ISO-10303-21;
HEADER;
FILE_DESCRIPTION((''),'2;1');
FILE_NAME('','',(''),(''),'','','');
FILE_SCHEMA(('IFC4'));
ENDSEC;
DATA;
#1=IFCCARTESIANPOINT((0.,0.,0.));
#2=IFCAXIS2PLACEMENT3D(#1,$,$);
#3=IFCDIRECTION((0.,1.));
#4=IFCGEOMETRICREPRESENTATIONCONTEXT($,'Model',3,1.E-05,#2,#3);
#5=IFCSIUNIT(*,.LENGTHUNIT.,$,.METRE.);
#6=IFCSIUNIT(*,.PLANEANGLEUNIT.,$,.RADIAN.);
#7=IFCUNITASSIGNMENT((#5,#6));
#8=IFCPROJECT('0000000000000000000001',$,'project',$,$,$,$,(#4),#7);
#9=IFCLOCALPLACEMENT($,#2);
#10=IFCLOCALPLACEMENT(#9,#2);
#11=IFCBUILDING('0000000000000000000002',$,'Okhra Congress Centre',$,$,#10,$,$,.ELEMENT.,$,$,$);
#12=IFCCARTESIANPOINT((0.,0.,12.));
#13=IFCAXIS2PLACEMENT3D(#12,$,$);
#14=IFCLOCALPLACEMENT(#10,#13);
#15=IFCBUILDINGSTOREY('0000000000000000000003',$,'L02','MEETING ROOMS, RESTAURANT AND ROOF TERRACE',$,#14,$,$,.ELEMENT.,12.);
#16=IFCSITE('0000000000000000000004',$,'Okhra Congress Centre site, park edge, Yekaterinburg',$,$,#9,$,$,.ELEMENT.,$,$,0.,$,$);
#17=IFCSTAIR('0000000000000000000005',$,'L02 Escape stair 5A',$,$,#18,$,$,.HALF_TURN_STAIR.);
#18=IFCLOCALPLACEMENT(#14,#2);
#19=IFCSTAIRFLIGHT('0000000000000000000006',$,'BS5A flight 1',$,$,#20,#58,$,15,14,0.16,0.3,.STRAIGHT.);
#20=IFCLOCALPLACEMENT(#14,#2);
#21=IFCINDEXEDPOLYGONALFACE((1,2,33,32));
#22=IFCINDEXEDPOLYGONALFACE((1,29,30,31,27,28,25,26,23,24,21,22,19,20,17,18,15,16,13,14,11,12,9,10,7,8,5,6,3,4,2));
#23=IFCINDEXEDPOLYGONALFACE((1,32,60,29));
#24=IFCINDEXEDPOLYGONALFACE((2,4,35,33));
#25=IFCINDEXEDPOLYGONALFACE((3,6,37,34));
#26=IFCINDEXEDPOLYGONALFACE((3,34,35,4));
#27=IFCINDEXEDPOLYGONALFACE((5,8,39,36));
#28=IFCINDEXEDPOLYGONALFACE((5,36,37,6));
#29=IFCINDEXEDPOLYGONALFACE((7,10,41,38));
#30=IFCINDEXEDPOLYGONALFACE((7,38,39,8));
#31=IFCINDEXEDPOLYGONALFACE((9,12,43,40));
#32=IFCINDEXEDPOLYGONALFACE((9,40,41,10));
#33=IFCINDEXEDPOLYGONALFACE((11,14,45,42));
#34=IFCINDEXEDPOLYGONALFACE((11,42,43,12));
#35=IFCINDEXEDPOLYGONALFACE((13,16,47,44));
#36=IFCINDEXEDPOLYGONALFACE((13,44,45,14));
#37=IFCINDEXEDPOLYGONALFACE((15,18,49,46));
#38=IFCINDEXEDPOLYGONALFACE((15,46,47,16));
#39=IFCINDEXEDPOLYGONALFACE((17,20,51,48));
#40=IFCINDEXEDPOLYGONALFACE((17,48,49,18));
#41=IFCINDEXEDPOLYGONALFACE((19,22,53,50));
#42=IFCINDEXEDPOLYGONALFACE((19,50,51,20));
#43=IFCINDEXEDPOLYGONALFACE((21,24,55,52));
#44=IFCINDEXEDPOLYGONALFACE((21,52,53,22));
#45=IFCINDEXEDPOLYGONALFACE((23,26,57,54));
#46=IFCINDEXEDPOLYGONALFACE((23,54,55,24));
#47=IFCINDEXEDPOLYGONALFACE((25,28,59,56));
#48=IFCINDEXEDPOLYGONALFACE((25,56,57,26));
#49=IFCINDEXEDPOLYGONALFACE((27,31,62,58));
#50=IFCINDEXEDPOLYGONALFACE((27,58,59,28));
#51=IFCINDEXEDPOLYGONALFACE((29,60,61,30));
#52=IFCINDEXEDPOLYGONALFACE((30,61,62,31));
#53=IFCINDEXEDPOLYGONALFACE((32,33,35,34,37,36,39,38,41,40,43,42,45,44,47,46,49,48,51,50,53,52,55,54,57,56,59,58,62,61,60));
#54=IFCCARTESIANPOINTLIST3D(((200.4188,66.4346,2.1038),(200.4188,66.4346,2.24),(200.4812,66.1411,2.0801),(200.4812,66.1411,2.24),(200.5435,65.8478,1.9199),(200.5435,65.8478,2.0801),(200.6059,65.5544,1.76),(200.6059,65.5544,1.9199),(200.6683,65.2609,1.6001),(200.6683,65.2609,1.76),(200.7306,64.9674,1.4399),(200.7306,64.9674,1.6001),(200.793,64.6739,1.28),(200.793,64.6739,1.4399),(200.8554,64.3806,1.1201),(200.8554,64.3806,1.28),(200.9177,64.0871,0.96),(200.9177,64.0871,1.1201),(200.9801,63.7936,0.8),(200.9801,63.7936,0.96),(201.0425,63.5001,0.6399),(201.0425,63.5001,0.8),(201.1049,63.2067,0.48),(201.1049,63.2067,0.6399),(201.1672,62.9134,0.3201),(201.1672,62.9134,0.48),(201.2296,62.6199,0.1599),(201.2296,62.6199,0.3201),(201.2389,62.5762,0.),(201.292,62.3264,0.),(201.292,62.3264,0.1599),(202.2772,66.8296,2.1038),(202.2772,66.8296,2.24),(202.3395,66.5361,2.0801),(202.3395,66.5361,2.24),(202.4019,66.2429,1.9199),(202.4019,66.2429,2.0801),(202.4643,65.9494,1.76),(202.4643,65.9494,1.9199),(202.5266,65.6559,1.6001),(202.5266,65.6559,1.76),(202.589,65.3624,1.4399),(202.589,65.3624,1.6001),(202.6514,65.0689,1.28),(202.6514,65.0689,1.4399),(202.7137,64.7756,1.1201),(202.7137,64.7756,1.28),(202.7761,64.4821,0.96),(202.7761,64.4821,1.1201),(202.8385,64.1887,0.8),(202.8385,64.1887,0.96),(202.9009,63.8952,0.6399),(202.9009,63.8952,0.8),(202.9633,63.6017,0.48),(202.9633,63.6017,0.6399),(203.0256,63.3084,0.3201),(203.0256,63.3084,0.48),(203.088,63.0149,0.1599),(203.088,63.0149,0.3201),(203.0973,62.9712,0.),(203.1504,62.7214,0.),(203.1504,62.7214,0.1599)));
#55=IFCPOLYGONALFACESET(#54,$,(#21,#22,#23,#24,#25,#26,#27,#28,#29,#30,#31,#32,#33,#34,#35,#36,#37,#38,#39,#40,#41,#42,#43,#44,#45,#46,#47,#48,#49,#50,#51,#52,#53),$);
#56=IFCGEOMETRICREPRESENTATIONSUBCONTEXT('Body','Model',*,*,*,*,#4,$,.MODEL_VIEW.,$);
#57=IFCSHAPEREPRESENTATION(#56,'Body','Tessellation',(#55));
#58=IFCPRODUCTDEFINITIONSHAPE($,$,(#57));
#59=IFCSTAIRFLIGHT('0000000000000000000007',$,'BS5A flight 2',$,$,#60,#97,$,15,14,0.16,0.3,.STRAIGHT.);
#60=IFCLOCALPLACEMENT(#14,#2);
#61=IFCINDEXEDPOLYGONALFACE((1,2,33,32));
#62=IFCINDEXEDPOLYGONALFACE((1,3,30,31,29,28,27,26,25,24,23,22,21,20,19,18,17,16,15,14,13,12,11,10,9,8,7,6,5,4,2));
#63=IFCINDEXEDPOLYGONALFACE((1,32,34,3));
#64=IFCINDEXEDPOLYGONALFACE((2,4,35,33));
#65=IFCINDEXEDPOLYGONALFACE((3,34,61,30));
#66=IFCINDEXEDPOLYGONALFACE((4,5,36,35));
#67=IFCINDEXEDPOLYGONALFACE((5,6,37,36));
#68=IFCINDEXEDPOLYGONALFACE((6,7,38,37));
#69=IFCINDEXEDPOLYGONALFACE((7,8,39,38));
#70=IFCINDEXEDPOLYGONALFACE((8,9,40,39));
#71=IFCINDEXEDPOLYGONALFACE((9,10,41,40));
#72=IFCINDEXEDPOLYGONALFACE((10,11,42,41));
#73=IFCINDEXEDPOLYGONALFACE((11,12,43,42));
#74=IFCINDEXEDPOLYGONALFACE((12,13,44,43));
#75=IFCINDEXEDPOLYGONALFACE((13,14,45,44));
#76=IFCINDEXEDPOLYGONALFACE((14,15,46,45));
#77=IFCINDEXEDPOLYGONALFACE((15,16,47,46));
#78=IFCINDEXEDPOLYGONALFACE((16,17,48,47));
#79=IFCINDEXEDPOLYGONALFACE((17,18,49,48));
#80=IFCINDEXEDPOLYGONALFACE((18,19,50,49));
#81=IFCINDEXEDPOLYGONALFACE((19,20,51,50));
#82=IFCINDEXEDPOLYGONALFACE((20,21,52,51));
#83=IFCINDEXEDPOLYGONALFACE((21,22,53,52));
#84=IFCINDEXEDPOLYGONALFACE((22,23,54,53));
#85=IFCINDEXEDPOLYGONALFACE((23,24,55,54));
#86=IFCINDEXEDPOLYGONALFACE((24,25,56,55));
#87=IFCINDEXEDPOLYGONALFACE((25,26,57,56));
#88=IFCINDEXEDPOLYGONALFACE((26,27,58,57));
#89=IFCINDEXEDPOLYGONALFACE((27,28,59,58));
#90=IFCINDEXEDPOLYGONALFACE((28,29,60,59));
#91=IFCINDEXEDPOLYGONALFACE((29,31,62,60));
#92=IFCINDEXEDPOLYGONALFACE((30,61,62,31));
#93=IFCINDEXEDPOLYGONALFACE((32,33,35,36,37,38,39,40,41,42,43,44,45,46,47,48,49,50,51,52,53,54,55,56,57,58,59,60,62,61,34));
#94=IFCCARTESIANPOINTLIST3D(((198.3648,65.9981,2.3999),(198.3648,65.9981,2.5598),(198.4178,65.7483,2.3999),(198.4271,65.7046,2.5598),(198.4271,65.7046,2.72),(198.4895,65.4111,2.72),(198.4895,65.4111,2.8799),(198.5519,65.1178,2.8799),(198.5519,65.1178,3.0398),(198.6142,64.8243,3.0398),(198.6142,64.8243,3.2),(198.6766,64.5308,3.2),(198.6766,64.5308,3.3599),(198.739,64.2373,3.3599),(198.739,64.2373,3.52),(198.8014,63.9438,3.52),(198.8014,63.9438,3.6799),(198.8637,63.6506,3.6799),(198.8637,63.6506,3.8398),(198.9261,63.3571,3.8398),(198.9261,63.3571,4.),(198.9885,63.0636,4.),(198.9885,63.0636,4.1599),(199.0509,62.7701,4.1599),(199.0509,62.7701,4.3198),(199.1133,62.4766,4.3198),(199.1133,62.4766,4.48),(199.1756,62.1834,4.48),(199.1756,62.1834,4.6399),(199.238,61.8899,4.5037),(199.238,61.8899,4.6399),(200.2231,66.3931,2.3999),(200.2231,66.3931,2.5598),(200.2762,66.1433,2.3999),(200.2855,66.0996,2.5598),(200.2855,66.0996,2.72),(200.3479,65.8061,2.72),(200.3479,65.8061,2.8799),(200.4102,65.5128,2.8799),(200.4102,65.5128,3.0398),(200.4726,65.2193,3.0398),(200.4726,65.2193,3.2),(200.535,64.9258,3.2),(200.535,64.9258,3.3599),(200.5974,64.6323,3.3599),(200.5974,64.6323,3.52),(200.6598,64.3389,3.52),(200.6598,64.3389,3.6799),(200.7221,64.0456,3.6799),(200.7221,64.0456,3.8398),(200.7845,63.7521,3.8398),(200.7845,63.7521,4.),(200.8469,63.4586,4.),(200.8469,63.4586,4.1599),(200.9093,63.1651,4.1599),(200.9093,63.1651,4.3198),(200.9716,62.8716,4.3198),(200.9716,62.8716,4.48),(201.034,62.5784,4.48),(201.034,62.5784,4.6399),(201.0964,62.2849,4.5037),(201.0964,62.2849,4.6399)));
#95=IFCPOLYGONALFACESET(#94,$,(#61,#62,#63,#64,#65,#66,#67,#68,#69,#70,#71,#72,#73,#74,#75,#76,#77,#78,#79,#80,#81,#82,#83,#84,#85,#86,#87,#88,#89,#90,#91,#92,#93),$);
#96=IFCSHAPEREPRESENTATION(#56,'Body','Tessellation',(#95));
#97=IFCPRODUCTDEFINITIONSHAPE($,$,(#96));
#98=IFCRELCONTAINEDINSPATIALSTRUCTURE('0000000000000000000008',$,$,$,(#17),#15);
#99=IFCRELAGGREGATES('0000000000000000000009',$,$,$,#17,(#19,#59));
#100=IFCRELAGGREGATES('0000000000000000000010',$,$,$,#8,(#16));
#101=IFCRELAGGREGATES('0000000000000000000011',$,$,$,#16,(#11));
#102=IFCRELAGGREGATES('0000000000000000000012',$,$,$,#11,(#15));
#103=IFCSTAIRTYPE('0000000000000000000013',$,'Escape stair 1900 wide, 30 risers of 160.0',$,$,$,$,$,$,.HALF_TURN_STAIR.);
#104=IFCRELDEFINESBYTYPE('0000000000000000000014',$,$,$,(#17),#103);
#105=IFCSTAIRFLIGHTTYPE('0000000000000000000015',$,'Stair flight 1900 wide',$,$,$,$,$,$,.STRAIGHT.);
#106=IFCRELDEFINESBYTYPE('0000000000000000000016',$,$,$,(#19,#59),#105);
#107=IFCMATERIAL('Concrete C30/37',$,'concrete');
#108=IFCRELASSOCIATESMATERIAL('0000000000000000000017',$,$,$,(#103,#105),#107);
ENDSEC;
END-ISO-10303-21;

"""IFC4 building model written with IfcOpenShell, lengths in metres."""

from ifc_helpers import new_model, si_unit, direction, frame, origin, place, context, subcontext, project, spatial, polyline, outline, extrude, material, type_object, element, aggregate, save


model = new_model("IFC4")

# Units and contexts
model_context = context("Model", 3, precision=1e-05, world=origin(), true_north=direction((0.0, 1.0)))
body_context = subcontext(model_context, "Body", "Model", "MODEL_VIEW")
ifc_project = project(units=[si_unit("LENGTHUNIT", "METRE"), si_unit("PLANEANGLEUNIT", "RADIAN")], contexts=[model_context])

# Site, building, storey
site_placement = place(None, origin())
site = spatial("IfcSite", under=ifc_project, at=site_placement, Name="Okhra Congress Centre site, park edge, Yekaterinburg", CompositionType="ELEMENT", RefElevation=0.0)
building_placement = place(site_placement, origin())
building = spatial("IfcBuilding", under=site, at=building_placement, Name="Okhra Congress Centre", CompositionType="ELEMENT")
storey_placement = place(building_placement, frame((0.0, 0.0, 12.0)))
storey = spatial("IfcBuildingStorey", under=building, at=storey_placement, Name="L02", Description="MEETING ROOMS, RESTAURANT AND ROOF TERRACE", CompositionType="ELEMENT", Elevation=12.0)

# Shared definitions
ifc_material_1 = material(Name="Concrete C30/37", Category="concrete")

# Stair, stair flights
stair_type = type_object("IfcStairType", Name="Escape stair 1900 wide, 30 risers of 160.0", PredefinedType="HALF_TURN_STAIR", material=ifc_material_1)
stair_placement = place(storey_placement, origin())
stair = element("IfcStair", 1, at=stair_placement, inside=storey, type_object=stair_type, Name="L02 Escape stair 5A", PredefinedType="HALF_TURN_STAIR")
stair_flight_type = type_object("IfcStairFlightType", Name="Stair flight 1900 wide", PredefinedType="STRAIGHT", material=ifc_material_1)
stair_flight_1_placement = place(storey_placement, frame((202.2212, 62.5239, 0.0), z_axis=(0.0, 0.0, 1.0), x_axis=(-0.207912, 0.978148, 0.0)))
stair_flight_1 = element("IfcStairFlight", 2, at=stair_flight_1_placement, type_object=stair_flight_type, Name="BS5A flight 1", NumberOfRisers=15, NumberOfTreads=14, PredefinedType="STRAIGHT", RiserHeight=0.16, TreadLength=0.3, context=body_context, shape_type="SweptSolid", body=[
    extrude(outline(polyline([(0.0, 0.0), (0.0, 0.1599), (0.3, 0.1599), (0.3, 0.3201), (0.6001, 0.3201), (0.6001, 0.48), (0.8999, 0.48), (0.8999, 0.6399), (1.2, 0.6399), (1.2, 0.8), (1.5, 0.8), (1.5, 0.96), (1.8, 0.96), (1.8, 1.1201), (2.1001, 1.1201), (2.1001, 1.28), (2.3999, 1.28), (2.3999, 1.4399), (2.7, 1.4399), (2.7, 1.6001), (3.0, 1.6001), (3.0, 1.76), (3.3, 1.76), (3.3, 1.9199), (3.6001, 1.9199), (3.6001, 2.0801), (3.8999, 2.0801), (3.8999, 2.24), (4.2, 2.24), (4.2, 2.3999), (4.2, 2.1038), (0.2554, 0.0), (0.0, 0.0)])), frame((0.0, 0.95, 0.0), z_axis=(0.0, -1.0, 0.0), x_axis=(1.0, 0.0, 0.0)), (0.0, 0.0, 1.0), 1.8999),
])
stair_flight_2_placement = place(storey_placement, frame((199.2939, 66.1956, 2.3999), z_axis=(0.0, 0.0, 1.0), x_axis=(0.207912, -0.978148, 0.0)))
stair_flight_2 = element("IfcStairFlight", 3, at=stair_flight_2_placement, type_object=stair_flight_type, Name="BS5A flight 2", NumberOfRisers=15, NumberOfTreads=14, PredefinedType="STRAIGHT", RiserHeight=0.16, TreadLength=0.3, context=body_context, shape_type="SweptSolid", body=[
    extrude(outline(polyline([(0.0, 0.0), (0.0, 0.1599), (0.3, 0.1599), (0.3, 0.3201), (0.6001, 0.3201), (0.6001, 0.48), (0.8999, 0.48), (0.8999, 0.6399), (1.2, 0.6399), (1.2, 0.8), (1.5, 0.8), (1.5, 0.96), (1.8, 0.96), (1.8, 1.1201), (2.1001, 1.1201), (2.1001, 1.28), (2.3999, 1.28), (2.3999, 1.4399), (2.7, 1.4399), (2.7, 1.6001), (3.0, 1.6001), (3.0, 1.76), (3.3, 1.76), (3.3, 1.9199), (3.6001, 1.9199), (3.6001, 2.0801), (3.8999, 2.0801), (3.8999, 2.24), (4.2, 2.24), (4.2, 2.3999), (4.2, 2.1038), (0.2554, 0.0), (0.0, 0.0)])), frame((0.0, 0.95, 0.0), z_axis=(0.0, -1.0, 0.0), x_axis=(1.0, 0.0, 0.0)), (0.0, 0.0, 1.0), 1.8999),
])
aggregate(stair, [stair_flight_1, stair_flight_2])

save(model, "model.ifc")
